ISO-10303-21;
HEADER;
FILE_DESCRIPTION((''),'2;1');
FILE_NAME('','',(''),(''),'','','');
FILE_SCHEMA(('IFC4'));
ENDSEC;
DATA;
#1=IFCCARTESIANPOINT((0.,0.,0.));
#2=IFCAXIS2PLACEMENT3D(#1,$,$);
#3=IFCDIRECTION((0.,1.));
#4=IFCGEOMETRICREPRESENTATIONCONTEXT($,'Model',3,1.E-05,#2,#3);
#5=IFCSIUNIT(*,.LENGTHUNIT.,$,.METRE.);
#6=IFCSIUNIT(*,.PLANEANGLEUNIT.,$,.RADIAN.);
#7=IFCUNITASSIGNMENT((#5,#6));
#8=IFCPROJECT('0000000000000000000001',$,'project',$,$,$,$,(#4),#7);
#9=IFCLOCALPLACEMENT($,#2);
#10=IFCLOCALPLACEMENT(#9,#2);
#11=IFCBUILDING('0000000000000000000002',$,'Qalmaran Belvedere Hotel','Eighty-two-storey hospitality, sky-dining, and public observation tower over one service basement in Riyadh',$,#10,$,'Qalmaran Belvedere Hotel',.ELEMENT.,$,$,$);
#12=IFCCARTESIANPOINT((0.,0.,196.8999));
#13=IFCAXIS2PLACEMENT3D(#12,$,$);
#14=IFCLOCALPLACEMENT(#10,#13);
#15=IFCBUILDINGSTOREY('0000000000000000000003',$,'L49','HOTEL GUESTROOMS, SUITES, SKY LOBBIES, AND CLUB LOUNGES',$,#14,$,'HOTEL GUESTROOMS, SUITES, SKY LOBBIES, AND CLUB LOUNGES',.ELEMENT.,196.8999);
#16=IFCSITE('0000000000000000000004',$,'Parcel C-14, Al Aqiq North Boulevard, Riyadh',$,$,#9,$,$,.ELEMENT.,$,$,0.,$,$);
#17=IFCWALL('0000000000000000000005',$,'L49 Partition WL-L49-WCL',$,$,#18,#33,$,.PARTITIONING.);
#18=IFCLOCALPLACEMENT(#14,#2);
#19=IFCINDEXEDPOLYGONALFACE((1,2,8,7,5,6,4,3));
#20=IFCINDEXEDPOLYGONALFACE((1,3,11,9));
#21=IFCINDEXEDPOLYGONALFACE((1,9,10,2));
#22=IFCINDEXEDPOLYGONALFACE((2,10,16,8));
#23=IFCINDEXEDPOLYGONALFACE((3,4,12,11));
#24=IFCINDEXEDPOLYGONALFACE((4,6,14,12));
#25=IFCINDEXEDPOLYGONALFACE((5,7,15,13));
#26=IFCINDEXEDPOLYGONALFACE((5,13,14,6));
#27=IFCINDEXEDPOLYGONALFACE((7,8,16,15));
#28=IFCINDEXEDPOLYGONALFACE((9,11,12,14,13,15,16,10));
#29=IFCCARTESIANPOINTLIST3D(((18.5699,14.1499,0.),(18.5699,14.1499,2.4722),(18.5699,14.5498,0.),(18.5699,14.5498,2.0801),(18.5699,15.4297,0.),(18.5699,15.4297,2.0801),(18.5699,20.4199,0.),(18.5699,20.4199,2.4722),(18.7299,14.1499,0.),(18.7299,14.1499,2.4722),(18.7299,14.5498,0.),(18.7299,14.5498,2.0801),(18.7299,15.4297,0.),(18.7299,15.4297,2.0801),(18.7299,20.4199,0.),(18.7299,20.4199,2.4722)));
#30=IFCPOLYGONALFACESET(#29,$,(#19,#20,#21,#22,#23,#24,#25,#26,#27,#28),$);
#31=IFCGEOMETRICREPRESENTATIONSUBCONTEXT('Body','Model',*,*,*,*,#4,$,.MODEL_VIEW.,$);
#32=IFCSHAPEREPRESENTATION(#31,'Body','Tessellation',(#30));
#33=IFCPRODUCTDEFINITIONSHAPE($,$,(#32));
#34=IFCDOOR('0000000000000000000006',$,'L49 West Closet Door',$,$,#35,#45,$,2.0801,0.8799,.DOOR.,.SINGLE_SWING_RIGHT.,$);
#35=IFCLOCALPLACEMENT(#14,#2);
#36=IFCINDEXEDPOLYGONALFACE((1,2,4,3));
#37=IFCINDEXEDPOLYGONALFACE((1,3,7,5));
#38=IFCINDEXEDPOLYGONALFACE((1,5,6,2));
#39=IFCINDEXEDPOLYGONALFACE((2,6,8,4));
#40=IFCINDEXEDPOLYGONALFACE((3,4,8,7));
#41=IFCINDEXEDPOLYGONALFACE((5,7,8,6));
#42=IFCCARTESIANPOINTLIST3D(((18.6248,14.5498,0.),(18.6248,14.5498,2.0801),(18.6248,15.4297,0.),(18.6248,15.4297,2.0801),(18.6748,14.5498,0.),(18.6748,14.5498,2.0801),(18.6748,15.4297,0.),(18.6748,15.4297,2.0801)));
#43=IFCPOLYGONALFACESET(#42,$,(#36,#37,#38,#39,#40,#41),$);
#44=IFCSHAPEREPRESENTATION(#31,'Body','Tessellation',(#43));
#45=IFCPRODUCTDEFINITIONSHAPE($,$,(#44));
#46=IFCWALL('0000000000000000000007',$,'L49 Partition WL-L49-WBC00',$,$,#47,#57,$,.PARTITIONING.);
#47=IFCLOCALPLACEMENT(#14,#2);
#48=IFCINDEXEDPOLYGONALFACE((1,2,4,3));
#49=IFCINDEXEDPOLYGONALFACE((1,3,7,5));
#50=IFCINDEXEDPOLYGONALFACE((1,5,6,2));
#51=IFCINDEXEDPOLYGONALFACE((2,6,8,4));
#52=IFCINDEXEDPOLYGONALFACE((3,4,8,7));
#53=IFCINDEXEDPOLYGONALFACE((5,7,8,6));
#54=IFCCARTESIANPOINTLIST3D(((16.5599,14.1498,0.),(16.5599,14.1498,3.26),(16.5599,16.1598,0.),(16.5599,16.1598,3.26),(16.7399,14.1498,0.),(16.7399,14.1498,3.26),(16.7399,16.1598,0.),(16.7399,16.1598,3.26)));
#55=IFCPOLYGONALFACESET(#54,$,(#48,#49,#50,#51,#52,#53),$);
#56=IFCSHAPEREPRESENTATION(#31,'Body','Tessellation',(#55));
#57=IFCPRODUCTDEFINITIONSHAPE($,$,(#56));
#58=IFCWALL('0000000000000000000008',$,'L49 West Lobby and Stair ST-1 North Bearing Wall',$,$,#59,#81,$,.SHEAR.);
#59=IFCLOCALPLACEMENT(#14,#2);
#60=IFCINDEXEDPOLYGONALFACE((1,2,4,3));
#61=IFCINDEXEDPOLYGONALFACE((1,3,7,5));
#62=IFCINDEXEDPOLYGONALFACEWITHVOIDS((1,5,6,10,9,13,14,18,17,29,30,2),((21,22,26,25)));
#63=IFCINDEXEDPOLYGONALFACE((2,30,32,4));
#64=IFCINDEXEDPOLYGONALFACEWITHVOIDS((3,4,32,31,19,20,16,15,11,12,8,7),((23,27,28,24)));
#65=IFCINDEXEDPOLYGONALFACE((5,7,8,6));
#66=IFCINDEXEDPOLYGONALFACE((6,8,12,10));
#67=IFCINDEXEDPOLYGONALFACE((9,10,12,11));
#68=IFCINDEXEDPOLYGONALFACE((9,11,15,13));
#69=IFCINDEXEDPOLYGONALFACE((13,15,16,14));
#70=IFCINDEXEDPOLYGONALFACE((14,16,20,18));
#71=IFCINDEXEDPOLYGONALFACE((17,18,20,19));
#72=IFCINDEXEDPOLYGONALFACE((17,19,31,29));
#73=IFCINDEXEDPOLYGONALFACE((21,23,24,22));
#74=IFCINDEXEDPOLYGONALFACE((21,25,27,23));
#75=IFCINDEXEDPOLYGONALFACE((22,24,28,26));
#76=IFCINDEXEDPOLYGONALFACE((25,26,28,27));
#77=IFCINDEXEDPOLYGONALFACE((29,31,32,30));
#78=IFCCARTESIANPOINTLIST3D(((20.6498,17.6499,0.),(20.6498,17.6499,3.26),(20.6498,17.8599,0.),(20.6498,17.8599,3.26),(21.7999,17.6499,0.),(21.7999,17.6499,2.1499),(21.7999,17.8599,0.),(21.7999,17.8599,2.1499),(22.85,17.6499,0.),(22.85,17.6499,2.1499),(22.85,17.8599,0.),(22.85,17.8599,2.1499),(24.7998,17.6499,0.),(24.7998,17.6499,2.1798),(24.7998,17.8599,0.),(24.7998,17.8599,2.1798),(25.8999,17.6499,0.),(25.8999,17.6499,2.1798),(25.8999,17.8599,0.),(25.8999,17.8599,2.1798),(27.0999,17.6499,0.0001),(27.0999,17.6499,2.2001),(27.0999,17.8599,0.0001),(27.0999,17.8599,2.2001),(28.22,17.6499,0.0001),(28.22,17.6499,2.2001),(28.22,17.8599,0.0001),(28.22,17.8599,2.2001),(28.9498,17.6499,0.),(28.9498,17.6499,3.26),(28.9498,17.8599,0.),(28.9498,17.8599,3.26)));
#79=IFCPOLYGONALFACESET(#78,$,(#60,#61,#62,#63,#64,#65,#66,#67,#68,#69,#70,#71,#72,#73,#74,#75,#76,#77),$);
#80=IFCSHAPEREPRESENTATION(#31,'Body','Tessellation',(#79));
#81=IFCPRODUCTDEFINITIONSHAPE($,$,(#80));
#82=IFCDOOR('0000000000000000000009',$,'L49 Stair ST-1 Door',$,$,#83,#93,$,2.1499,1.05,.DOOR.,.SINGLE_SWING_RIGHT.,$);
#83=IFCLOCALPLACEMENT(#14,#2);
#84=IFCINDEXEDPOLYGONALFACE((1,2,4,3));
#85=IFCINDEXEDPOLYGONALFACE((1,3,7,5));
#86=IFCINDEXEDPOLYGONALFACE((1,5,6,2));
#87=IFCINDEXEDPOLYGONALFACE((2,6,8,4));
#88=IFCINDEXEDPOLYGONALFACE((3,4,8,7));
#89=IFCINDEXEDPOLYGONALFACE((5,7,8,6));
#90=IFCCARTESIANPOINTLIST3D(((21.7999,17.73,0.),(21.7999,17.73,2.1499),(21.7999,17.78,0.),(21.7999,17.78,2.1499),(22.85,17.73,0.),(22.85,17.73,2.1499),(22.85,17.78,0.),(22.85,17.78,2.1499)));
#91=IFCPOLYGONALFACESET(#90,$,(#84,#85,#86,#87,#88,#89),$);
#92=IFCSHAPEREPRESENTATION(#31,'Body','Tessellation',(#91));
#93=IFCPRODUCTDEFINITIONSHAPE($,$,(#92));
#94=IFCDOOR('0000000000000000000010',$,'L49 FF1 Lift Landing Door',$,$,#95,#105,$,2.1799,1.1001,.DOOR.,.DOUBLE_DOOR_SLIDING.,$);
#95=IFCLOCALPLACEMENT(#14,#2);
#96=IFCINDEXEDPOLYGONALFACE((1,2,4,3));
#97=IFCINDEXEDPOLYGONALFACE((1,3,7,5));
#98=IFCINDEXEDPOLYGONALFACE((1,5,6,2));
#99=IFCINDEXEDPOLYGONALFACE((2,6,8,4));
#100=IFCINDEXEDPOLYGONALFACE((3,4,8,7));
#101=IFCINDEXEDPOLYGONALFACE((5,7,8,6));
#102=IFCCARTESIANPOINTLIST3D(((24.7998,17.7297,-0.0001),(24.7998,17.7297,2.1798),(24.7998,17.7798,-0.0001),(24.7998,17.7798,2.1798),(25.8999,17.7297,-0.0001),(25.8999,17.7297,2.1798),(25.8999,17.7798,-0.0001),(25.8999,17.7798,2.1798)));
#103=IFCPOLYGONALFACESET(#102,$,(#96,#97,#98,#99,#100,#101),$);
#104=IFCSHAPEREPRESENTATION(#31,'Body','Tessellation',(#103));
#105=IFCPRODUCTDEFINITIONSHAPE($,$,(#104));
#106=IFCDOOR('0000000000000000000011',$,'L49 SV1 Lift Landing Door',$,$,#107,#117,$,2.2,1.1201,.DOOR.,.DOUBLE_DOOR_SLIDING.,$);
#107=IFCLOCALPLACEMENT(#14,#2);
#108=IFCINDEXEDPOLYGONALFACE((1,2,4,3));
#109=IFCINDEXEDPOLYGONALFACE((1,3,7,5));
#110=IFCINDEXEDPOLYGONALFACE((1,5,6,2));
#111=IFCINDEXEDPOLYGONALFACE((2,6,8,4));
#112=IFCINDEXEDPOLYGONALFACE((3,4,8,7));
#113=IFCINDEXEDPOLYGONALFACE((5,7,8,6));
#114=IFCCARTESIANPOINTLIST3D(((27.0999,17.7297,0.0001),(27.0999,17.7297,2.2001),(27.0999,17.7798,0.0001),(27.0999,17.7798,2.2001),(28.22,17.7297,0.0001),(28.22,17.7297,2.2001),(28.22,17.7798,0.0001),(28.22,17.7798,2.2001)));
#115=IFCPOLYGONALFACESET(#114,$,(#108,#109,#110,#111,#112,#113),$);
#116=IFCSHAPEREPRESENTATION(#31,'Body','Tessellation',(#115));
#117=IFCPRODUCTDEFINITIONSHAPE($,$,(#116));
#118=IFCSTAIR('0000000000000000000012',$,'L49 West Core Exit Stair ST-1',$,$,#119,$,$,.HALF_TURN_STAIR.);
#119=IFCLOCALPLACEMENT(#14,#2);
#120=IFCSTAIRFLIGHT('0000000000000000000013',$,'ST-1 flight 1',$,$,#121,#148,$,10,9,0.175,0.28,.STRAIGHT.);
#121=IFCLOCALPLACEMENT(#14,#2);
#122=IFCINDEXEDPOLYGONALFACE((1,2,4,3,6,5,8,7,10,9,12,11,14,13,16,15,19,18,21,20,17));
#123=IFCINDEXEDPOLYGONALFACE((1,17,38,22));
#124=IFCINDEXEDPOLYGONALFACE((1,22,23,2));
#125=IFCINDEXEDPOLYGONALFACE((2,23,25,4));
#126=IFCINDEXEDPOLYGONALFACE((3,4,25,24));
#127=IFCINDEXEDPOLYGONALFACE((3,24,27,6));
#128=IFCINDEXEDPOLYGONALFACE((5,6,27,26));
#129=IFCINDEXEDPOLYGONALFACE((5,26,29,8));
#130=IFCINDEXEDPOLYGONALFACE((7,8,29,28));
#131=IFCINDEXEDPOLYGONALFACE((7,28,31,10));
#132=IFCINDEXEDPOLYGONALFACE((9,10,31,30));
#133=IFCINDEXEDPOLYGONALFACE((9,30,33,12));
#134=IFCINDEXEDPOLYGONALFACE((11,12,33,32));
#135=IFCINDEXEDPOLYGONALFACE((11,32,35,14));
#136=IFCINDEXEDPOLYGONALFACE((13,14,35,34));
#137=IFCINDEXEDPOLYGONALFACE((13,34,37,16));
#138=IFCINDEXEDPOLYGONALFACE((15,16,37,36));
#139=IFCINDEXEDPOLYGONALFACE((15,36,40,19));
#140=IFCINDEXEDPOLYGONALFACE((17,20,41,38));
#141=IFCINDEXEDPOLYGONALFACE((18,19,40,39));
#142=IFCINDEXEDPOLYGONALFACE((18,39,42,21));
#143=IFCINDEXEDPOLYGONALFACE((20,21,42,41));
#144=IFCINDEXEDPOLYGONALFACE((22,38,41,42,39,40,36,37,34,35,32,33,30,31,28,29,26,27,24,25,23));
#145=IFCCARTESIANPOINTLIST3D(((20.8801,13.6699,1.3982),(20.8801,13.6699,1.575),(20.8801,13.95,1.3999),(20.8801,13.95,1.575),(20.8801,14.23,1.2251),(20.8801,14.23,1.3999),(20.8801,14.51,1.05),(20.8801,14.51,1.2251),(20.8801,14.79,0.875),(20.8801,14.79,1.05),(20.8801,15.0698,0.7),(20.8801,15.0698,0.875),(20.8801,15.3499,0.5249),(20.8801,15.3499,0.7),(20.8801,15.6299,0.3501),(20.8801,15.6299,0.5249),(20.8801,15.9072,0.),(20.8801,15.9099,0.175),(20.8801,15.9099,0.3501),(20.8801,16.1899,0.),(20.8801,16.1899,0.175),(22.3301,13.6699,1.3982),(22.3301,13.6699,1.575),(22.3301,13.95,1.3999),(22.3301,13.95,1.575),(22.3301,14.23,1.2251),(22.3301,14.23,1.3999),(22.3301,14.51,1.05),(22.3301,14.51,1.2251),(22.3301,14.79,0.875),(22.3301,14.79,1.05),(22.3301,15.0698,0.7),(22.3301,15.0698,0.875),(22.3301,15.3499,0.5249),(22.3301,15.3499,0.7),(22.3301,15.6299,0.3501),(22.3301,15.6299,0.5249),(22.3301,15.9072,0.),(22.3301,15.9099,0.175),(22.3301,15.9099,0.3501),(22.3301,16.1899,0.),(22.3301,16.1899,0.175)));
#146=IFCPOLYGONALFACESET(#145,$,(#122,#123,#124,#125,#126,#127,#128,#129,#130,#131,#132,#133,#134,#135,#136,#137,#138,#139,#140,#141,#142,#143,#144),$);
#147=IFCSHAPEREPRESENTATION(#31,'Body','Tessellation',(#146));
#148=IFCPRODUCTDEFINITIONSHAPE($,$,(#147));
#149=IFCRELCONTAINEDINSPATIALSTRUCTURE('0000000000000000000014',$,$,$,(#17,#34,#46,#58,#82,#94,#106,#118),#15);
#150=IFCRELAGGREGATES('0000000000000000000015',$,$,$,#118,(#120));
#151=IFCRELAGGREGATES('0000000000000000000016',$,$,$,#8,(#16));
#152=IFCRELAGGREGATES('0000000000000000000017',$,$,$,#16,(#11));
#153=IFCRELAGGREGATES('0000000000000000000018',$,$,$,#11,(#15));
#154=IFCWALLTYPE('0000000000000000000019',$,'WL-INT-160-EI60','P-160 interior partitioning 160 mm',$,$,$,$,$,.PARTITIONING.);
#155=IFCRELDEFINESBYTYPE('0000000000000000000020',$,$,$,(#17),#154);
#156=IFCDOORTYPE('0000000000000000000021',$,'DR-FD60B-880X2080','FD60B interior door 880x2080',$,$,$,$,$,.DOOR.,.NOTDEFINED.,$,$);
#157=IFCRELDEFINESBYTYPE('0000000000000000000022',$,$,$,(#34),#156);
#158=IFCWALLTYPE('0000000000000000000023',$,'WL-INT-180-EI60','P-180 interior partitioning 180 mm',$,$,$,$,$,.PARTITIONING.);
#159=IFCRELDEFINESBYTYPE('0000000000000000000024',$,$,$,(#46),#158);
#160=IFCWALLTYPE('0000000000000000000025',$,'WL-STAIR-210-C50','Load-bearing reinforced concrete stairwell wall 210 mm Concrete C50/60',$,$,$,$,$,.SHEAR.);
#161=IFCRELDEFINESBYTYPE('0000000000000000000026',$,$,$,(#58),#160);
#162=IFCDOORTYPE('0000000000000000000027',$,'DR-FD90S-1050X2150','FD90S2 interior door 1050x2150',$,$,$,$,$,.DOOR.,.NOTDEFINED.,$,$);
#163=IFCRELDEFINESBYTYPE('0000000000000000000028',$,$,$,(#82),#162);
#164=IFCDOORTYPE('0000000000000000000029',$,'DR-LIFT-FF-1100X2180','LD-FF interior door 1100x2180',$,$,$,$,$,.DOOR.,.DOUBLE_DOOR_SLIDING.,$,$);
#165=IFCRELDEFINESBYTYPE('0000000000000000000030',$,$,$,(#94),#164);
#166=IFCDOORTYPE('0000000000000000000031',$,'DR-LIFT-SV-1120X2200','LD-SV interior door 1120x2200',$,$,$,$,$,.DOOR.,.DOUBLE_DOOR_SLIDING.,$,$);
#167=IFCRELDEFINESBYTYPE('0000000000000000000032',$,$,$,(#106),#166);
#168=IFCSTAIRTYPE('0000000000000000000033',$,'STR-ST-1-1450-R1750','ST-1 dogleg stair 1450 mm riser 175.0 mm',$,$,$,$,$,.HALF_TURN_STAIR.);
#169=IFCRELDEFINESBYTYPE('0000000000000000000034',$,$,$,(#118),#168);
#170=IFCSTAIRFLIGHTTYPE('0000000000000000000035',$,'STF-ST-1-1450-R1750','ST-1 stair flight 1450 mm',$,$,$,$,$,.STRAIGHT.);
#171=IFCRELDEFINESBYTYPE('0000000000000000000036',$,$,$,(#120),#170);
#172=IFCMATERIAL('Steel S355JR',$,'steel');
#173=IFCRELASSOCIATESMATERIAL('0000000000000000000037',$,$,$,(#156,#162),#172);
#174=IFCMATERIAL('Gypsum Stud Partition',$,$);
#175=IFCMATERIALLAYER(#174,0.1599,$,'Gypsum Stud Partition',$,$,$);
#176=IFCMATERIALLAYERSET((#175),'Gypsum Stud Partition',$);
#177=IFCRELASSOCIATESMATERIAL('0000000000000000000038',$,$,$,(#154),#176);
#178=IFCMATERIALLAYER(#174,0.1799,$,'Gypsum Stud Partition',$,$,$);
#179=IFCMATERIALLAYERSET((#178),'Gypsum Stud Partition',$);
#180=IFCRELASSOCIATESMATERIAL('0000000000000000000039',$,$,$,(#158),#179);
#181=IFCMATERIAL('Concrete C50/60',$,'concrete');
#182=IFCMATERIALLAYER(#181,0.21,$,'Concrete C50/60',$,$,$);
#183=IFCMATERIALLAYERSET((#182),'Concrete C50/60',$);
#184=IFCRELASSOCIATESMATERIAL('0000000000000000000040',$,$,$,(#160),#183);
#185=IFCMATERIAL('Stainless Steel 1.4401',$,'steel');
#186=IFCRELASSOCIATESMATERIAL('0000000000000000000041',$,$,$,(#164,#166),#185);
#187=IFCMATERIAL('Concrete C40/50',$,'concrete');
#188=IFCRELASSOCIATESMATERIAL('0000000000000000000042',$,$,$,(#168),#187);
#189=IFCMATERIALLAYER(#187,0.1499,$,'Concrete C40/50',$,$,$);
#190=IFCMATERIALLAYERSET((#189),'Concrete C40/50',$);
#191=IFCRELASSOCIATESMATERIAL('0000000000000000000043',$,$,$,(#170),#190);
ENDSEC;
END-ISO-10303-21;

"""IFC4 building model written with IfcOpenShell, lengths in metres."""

from ifc_helpers import new_model, si_unit, direction, frame, frame_2d, origin, place, context, subcontext, project, spatial, polyline, rectangle, outline, extrude, material, layer, layer_set, type_object, element, fill, aggregate, save


model = new_model("IFC4")

# Units and contexts
model_context = context("Model", 3, precision=1e-05, world=origin(), true_north=direction((0.0, 1.0)))
body_context = subcontext(model_context, "Body", "Model", "MODEL_VIEW")
ifc_project = project(units=[si_unit("LENGTHUNIT", "METRE"), si_unit("PLANEANGLEUNIT", "RADIAN")], contexts=[model_context])

# Site, building, storey
site_placement = place(None, origin())
site = spatial("IfcSite", under=ifc_project, at=site_placement, Name="Parcel C-14, Al Aqiq North Boulevard, Riyadh", CompositionType="ELEMENT", RefElevation=0.0)
building_placement = place(site_placement, origin())
building = spatial("IfcBuilding", under=site, at=building_placement, Name="Qalmaran Belvedere Hotel", Description="Eighty-two-storey hospitality, sky-dining, and public observation tower over one service basement in Riyadh", LongName="Qalmaran Belvedere Hotel", CompositionType="ELEMENT")
storey_placement = place(building_placement, frame((0.0, 0.0, 196.8999)))
storey = spatial("IfcBuildingStorey", under=building, at=storey_placement, Name="L49", Description="HOTEL GUESTROOMS, SUITES, SKY LOBBIES, AND CLUB LOUNGES", LongName="HOTEL GUESTROOMS, SUITES, SKY LOBBIES, AND CLUB LOUNGES", CompositionType="ELEMENT", Elevation=196.8999)

# Shared definitions
ifc_material_1 = material(Name="Gypsum Stud Partition")

# Shared definitions
ifc_material_2 = material(Name="Steel S355JR", Category="steel")
door_type_1 = type_object("IfcDoorType", Name="DR-FD60B-880X2080", Description="FD60B interior door 880x2080", OperationType="NOTDEFINED", PredefinedType="DOOR", material=ifc_material_2)

# Wall, opening, door
ifc_layer_1 = layer(ifc_material_1, 0.1599, Name="Gypsum Stud Partition")
ifc_layer_set_1 = layer_set([ifc_layer_1], Name="Gypsum Stud Partition")
wall_type_1 = type_object("IfcWallType", Name="WL-INT-160-EI60", Description="P-160 interior partitioning 160 mm", PredefinedType="PARTITIONING", material=ifc_layer_set_1)
wall_1_placement = place(storey_placement, frame((18.6499, 14.1499, 0.0), z_axis=(0.0, 0.0, 1.0), x_axis=(0.0, 1.0, 0.0)))
wall_1 = element("IfcWall", 1, at=wall_1_placement, inside=storey, type_object=wall_type_1, Name="L49 Partition WL-L49-WCL", PredefinedType="PARTITIONING", context=body_context, shape_type="SweptSolid", body=[
    extrude(rectangle(XDim=6.27, YDim=0.1599, at=frame_2d((3.135, 0.0))), origin(), (0.0, 0.0, 1.0), 2.4722),
])
opening_1_placement = place(wall_1_placement, frame((1.2798, 0.0, 0.0), z_axis=(0.0, 0.0, 1.0), x_axis=(-1.0, 0.0, 0.0)))
opening_1 = element("IfcOpeningElement", 2, at=opening_1_placement, cuts=wall_1, PredefinedType="OPENING", context=body_context, shape_type="SweptSolid", body=[
    extrude(rectangle(XDim=0.8799, YDim=2.0801, at=frame_2d((0.4399, 1.04))), frame((0.0, 0.0898, 0.0), z_axis=(0.0, -1.0, 0.0), x_axis=(1.0, 0.0, 0.0)), (0.0, 0.0, 1.0), 0.1799),
])
door_1_placement = place(opening_1_placement, origin())
door_1 = element("IfcDoor", 3, at=door_1_placement, inside=storey, type_object=door_type_1, Name="L49 West Closet Door", OperationType="SINGLE_SWING_RIGHT", OverallHeight=2.0801, OverallWidth=0.8799, PredefinedType="DOOR", context=body_context, shape_type="SweptSolid", body=[
    extrude(rectangle(XDim=0.8799, YDim=2.0801, at=frame_2d((0.4399, 1.04))), frame((0.0, 0.0249, 0.0), z_axis=(0.0, -1.0, 0.0), x_axis=(1.0, 0.0, 0.0)), (0.0, 0.0, 1.0), 0.05),
])
fill(opening_1, door_1)

# Wall
ifc_layer_2 = layer(ifc_material_1, 0.1799, Name="Gypsum Stud Partition")
ifc_layer_set_2 = layer_set([ifc_layer_2], Name="Gypsum Stud Partition")
wall_type_2 = type_object("IfcWallType", Name="WL-INT-180-EI60", Description="P-180 interior partitioning 180 mm", PredefinedType="PARTITIONING", material=ifc_layer_set_2)
wall_2_placement = place(storey_placement, frame((16.6499, 14.1499, 0.0), z_axis=(0.0, 0.0, 1.0), x_axis=(0.0, 1.0, 0.0)))
element("IfcWall", 4, at=wall_2_placement, inside=storey, type_object=wall_type_2, Name="L49 Partition WL-L49-WBC00", PredefinedType="PARTITIONING", context=body_context, shape_type="SweptSolid", body=[
    extrude(rectangle(XDim=2.01, YDim=0.1799, at=frame_2d((1.0049, 0.0))), origin(), (0.0, 0.0, 1.0), 3.26),
])

# Wall, openings, doors
ifc_material_3 = material(Name="Concrete C50/60", Category="concrete")
ifc_layer_3 = layer(ifc_material_3, 0.21, Name="Concrete C50/60")
ifc_layer_set_3 = layer_set([ifc_layer_3], Name="Concrete C50/60")
wall_type_3 = type_object("IfcWallType", Name="WL-STAIR-210-C50", Description="Load-bearing reinforced concrete stairwell wall 210 mm Concrete C50/60", PredefinedType="SHEAR", material=ifc_layer_set_3)
wall_3_placement = place(storey_placement, frame((20.6499, 17.7549, 0.0), z_axis=(0.0, 0.0, 1.0), x_axis=(1.0, 0.0, 0.0)))
wall_3 = element("IfcWall", 5, at=wall_3_placement, inside=storey, type_object=wall_type_3, Name="L49 West Lobby and Stair ST-1 North Bearing Wall", PredefinedType="SHEAR", context=body_context, shape_type="SweptSolid", body=[
    extrude(rectangle(XDim=8.3, YDim=0.21, at=frame_2d((4.1499, 0.0))), origin(), (0.0, 0.0, 1.0), 3.26),
])
opening_2_placement = place(wall_3_placement, frame((2.2, 0.0, 0.0), z_axis=(0.0, 0.0, 1.0), x_axis=(-1.0, 0.0, 0.0)))
opening_2 = element("IfcOpeningElement", 6, at=opening_2_placement, cuts=wall_3, PredefinedType="OPENING", context=body_context, shape_type="SweptSolid", body=[
    extrude(rectangle(XDim=1.05, YDim=2.1499, at=frame_2d((0.5249, 1.075))), frame((0.0, 0.115, 0.0), z_axis=(0.0, -1.0, 0.0), x_axis=(1.0, 0.0, 0.0)), (0.0, 0.0, 1.0), 0.23),
])
opening_3_placement = place(wall_3_placement, frame((4.1499, 0.0, 0.0)))
opening_3 = element("IfcOpeningElement", 7, at=opening_3_placement, cuts=wall_3, PredefinedType="OPENING", context=body_context, shape_type="SweptSolid", body=[
    extrude(rectangle(XDim=1.1001, YDim=2.1799, at=frame_2d((0.55, 1.0898))), frame((0.0, 0.115, 0.0), z_axis=(0.0, -1.0, 0.0), x_axis=(1.0, 0.0, 0.0)), (0.0, 0.0, 1.0), 0.23),
])
opening_4_placement = place(wall_3_placement, frame((6.45, 0.0, 0.0)))
opening_4 = element("IfcOpeningElement", 8, at=opening_4_placement, cuts=wall_3, PredefinedType="OPENING", context=body_context, shape_type="SweptSolid", body=[
    extrude(rectangle(XDim=1.1201, YDim=2.2, at=frame_2d((0.5601, 1.1001))), frame((0.0, 0.115, 0.0), z_axis=(0.0, -1.0, 0.0), x_axis=(1.0, 0.0, 0.0)), (0.0, 0.0, 1.0), 0.23),
])
door_type_2 = type_object("IfcDoorType", Name="DR-FD90S-1050X2150", Description="FD90S2 interior door 1050x2150", OperationType="NOTDEFINED", PredefinedType="DOOR", material=ifc_material_2)
door_2_placement = place(opening_2_placement, origin())
door_2 = element("IfcDoor", 9, at=door_2_placement, inside=storey, type_object=door_type_2, Name="L49 Stair ST-1 Door", OperationType="SINGLE_SWING_RIGHT", OverallHeight=2.1499, OverallWidth=1.05, PredefinedType="DOOR", context=body_context, shape_type="SweptSolid", body=[
    extrude(rectangle(XDim=1.05, YDim=2.1499, at=frame_2d((0.5249, 1.075))), frame((0.0, 0.0249, 0.0), z_axis=(0.0, -1.0, 0.0), x_axis=(1.0, 0.0, 0.0)), (0.0, 0.0, 1.0), 0.05),
])
fill(opening_2, door_2)
ifc_material_4 = material(Name="Stainless Steel 1.4401", Category="steel")
door_type_3 = type_object("IfcDoorType", Name="DR-LIFT-FF-1100X2180", Description="LD-FF interior door 1100x2180", OperationType="DOUBLE_DOOR_SLIDING", PredefinedType="DOOR", material=ifc_material_4)
door_3_placement = place(opening_3_placement, origin())
door_3 = element("IfcDoor", 10, at=door_3_placement, inside=storey, type_object=door_type_3, Name="L49 FF1 Lift Landing Door", OperationType="DOUBLE_DOOR_SLIDING", OverallHeight=2.1799, OverallWidth=1.1001, PredefinedType="DOOR", context=body_context, shape_type="SweptSolid", body=[
    extrude(rectangle(XDim=1.1001, YDim=2.1799, at=frame_2d((0.55, 1.0898))), frame((0.0, 0.0249, 0.0), z_axis=(0.0, -1.0, 0.0), x_axis=(1.0, 0.0, 0.0)), (0.0, 0.0, 1.0), 0.05),
])
fill(opening_3, door_3)
door_type_4 = type_object("IfcDoorType", Name="DR-LIFT-SV-1120X2200", Description="LD-SV interior door 1120x2200", OperationType="DOUBLE_DOOR_SLIDING", PredefinedType="DOOR", material=ifc_material_4)
door_4_placement = place(opening_4_placement, origin())
door_4 = element("IfcDoor", 11, at=door_4_placement, inside=storey, type_object=door_type_4, Name="L49 SV1 Lift Landing Door", OperationType="DOUBLE_DOOR_SLIDING", OverallHeight=2.2, OverallWidth=1.1201, PredefinedType="DOOR", context=body_context, shape_type="SweptSolid", body=[
    extrude(rectangle(XDim=1.1201, YDim=2.2, at=frame_2d((0.5601, 1.1001))), frame((0.0, 0.0249, 0.0), z_axis=(0.0, -1.0, 0.0), x_axis=(1.0, 0.0, 0.0)), (0.0, 0.0, 1.0), 0.05),
])
fill(opening_4, door_4)

# Stair, stair flight
ifc_material_5 = material(Name="Concrete C40/50", Category="concrete")
stair_type = type_object("IfcStairType", Name="STR-ST-1-1450-R1750", Description="ST-1 dogleg stair 1450 mm riser 175.0 mm", PredefinedType="HALF_TURN_STAIR", material=ifc_material_5)
stair_placement = place(storey_placement, origin())
stair = element("IfcStair", 12, at=stair_placement, inside=storey, type_object=stair_type, Name="L49 West Core Exit Stair ST-1", PredefinedType="HALF_TURN_STAIR")
ifc_layer_4 = layer(ifc_material_5, 0.1499, Name="Concrete C40/50")
ifc_layer_set_4 = layer_set([ifc_layer_4], Name="Concrete C40/50")
stair_flight_type = type_object("IfcStairFlightType", Name="STF-ST-1-1450-R1750", Description="ST-1 stair flight 1450 mm", PredefinedType="STRAIGHT", material=ifc_layer_set_4)
stair_flight_1_placement = place(storey_placement, frame((21.605, 16.1899, 0.0), z_axis=(0.0, 0.0, 1.0), x_axis=(0.0, -1.0, 0.0)))
stair_flight_1 = element("IfcStairFlight", 13, at=stair_flight_1_placement, type_object=stair_flight_type, Name="ST-1 flight 1", NumberOfRisers=10, NumberOfTreads=9, PredefinedType="STRAIGHT", RiserHeight=0.175, TreadLength=0.28, context=body_context, shape_type="SweptSolid", body=[
    extrude(outline(polyline([(0.0, 0.0), (0.0, 0.175), (0.28, 0.175), (0.28, 0.3501), (0.5601, 0.3501), (0.5601, 0.5249), (0.8401, 0.5249), (0.8401, 0.7), (1.1201, 0.7), (1.1201, 0.875), (1.3999, 0.875), (1.3999, 1.05), (1.6799, 1.05), (1.6799, 1.2251), (1.96, 1.2251), (1.96, 1.3999), (2.24, 1.3999), (2.24, 1.575), (2.52, 1.575), (2.52, 1.75), (2.52, 1.3982), (0.2827, 0.0), (0.0, 0.0)])), frame((0.0, 0.7251, 0.0), z_axis=(0.0, -1.0, 0.0), x_axis=(1.0, 0.0, 0.0)), (0.0, 0.0, 1.0), 1.45),
])
aggregate(stair, [stair_flight_1])

save(model, "model.ifc")
